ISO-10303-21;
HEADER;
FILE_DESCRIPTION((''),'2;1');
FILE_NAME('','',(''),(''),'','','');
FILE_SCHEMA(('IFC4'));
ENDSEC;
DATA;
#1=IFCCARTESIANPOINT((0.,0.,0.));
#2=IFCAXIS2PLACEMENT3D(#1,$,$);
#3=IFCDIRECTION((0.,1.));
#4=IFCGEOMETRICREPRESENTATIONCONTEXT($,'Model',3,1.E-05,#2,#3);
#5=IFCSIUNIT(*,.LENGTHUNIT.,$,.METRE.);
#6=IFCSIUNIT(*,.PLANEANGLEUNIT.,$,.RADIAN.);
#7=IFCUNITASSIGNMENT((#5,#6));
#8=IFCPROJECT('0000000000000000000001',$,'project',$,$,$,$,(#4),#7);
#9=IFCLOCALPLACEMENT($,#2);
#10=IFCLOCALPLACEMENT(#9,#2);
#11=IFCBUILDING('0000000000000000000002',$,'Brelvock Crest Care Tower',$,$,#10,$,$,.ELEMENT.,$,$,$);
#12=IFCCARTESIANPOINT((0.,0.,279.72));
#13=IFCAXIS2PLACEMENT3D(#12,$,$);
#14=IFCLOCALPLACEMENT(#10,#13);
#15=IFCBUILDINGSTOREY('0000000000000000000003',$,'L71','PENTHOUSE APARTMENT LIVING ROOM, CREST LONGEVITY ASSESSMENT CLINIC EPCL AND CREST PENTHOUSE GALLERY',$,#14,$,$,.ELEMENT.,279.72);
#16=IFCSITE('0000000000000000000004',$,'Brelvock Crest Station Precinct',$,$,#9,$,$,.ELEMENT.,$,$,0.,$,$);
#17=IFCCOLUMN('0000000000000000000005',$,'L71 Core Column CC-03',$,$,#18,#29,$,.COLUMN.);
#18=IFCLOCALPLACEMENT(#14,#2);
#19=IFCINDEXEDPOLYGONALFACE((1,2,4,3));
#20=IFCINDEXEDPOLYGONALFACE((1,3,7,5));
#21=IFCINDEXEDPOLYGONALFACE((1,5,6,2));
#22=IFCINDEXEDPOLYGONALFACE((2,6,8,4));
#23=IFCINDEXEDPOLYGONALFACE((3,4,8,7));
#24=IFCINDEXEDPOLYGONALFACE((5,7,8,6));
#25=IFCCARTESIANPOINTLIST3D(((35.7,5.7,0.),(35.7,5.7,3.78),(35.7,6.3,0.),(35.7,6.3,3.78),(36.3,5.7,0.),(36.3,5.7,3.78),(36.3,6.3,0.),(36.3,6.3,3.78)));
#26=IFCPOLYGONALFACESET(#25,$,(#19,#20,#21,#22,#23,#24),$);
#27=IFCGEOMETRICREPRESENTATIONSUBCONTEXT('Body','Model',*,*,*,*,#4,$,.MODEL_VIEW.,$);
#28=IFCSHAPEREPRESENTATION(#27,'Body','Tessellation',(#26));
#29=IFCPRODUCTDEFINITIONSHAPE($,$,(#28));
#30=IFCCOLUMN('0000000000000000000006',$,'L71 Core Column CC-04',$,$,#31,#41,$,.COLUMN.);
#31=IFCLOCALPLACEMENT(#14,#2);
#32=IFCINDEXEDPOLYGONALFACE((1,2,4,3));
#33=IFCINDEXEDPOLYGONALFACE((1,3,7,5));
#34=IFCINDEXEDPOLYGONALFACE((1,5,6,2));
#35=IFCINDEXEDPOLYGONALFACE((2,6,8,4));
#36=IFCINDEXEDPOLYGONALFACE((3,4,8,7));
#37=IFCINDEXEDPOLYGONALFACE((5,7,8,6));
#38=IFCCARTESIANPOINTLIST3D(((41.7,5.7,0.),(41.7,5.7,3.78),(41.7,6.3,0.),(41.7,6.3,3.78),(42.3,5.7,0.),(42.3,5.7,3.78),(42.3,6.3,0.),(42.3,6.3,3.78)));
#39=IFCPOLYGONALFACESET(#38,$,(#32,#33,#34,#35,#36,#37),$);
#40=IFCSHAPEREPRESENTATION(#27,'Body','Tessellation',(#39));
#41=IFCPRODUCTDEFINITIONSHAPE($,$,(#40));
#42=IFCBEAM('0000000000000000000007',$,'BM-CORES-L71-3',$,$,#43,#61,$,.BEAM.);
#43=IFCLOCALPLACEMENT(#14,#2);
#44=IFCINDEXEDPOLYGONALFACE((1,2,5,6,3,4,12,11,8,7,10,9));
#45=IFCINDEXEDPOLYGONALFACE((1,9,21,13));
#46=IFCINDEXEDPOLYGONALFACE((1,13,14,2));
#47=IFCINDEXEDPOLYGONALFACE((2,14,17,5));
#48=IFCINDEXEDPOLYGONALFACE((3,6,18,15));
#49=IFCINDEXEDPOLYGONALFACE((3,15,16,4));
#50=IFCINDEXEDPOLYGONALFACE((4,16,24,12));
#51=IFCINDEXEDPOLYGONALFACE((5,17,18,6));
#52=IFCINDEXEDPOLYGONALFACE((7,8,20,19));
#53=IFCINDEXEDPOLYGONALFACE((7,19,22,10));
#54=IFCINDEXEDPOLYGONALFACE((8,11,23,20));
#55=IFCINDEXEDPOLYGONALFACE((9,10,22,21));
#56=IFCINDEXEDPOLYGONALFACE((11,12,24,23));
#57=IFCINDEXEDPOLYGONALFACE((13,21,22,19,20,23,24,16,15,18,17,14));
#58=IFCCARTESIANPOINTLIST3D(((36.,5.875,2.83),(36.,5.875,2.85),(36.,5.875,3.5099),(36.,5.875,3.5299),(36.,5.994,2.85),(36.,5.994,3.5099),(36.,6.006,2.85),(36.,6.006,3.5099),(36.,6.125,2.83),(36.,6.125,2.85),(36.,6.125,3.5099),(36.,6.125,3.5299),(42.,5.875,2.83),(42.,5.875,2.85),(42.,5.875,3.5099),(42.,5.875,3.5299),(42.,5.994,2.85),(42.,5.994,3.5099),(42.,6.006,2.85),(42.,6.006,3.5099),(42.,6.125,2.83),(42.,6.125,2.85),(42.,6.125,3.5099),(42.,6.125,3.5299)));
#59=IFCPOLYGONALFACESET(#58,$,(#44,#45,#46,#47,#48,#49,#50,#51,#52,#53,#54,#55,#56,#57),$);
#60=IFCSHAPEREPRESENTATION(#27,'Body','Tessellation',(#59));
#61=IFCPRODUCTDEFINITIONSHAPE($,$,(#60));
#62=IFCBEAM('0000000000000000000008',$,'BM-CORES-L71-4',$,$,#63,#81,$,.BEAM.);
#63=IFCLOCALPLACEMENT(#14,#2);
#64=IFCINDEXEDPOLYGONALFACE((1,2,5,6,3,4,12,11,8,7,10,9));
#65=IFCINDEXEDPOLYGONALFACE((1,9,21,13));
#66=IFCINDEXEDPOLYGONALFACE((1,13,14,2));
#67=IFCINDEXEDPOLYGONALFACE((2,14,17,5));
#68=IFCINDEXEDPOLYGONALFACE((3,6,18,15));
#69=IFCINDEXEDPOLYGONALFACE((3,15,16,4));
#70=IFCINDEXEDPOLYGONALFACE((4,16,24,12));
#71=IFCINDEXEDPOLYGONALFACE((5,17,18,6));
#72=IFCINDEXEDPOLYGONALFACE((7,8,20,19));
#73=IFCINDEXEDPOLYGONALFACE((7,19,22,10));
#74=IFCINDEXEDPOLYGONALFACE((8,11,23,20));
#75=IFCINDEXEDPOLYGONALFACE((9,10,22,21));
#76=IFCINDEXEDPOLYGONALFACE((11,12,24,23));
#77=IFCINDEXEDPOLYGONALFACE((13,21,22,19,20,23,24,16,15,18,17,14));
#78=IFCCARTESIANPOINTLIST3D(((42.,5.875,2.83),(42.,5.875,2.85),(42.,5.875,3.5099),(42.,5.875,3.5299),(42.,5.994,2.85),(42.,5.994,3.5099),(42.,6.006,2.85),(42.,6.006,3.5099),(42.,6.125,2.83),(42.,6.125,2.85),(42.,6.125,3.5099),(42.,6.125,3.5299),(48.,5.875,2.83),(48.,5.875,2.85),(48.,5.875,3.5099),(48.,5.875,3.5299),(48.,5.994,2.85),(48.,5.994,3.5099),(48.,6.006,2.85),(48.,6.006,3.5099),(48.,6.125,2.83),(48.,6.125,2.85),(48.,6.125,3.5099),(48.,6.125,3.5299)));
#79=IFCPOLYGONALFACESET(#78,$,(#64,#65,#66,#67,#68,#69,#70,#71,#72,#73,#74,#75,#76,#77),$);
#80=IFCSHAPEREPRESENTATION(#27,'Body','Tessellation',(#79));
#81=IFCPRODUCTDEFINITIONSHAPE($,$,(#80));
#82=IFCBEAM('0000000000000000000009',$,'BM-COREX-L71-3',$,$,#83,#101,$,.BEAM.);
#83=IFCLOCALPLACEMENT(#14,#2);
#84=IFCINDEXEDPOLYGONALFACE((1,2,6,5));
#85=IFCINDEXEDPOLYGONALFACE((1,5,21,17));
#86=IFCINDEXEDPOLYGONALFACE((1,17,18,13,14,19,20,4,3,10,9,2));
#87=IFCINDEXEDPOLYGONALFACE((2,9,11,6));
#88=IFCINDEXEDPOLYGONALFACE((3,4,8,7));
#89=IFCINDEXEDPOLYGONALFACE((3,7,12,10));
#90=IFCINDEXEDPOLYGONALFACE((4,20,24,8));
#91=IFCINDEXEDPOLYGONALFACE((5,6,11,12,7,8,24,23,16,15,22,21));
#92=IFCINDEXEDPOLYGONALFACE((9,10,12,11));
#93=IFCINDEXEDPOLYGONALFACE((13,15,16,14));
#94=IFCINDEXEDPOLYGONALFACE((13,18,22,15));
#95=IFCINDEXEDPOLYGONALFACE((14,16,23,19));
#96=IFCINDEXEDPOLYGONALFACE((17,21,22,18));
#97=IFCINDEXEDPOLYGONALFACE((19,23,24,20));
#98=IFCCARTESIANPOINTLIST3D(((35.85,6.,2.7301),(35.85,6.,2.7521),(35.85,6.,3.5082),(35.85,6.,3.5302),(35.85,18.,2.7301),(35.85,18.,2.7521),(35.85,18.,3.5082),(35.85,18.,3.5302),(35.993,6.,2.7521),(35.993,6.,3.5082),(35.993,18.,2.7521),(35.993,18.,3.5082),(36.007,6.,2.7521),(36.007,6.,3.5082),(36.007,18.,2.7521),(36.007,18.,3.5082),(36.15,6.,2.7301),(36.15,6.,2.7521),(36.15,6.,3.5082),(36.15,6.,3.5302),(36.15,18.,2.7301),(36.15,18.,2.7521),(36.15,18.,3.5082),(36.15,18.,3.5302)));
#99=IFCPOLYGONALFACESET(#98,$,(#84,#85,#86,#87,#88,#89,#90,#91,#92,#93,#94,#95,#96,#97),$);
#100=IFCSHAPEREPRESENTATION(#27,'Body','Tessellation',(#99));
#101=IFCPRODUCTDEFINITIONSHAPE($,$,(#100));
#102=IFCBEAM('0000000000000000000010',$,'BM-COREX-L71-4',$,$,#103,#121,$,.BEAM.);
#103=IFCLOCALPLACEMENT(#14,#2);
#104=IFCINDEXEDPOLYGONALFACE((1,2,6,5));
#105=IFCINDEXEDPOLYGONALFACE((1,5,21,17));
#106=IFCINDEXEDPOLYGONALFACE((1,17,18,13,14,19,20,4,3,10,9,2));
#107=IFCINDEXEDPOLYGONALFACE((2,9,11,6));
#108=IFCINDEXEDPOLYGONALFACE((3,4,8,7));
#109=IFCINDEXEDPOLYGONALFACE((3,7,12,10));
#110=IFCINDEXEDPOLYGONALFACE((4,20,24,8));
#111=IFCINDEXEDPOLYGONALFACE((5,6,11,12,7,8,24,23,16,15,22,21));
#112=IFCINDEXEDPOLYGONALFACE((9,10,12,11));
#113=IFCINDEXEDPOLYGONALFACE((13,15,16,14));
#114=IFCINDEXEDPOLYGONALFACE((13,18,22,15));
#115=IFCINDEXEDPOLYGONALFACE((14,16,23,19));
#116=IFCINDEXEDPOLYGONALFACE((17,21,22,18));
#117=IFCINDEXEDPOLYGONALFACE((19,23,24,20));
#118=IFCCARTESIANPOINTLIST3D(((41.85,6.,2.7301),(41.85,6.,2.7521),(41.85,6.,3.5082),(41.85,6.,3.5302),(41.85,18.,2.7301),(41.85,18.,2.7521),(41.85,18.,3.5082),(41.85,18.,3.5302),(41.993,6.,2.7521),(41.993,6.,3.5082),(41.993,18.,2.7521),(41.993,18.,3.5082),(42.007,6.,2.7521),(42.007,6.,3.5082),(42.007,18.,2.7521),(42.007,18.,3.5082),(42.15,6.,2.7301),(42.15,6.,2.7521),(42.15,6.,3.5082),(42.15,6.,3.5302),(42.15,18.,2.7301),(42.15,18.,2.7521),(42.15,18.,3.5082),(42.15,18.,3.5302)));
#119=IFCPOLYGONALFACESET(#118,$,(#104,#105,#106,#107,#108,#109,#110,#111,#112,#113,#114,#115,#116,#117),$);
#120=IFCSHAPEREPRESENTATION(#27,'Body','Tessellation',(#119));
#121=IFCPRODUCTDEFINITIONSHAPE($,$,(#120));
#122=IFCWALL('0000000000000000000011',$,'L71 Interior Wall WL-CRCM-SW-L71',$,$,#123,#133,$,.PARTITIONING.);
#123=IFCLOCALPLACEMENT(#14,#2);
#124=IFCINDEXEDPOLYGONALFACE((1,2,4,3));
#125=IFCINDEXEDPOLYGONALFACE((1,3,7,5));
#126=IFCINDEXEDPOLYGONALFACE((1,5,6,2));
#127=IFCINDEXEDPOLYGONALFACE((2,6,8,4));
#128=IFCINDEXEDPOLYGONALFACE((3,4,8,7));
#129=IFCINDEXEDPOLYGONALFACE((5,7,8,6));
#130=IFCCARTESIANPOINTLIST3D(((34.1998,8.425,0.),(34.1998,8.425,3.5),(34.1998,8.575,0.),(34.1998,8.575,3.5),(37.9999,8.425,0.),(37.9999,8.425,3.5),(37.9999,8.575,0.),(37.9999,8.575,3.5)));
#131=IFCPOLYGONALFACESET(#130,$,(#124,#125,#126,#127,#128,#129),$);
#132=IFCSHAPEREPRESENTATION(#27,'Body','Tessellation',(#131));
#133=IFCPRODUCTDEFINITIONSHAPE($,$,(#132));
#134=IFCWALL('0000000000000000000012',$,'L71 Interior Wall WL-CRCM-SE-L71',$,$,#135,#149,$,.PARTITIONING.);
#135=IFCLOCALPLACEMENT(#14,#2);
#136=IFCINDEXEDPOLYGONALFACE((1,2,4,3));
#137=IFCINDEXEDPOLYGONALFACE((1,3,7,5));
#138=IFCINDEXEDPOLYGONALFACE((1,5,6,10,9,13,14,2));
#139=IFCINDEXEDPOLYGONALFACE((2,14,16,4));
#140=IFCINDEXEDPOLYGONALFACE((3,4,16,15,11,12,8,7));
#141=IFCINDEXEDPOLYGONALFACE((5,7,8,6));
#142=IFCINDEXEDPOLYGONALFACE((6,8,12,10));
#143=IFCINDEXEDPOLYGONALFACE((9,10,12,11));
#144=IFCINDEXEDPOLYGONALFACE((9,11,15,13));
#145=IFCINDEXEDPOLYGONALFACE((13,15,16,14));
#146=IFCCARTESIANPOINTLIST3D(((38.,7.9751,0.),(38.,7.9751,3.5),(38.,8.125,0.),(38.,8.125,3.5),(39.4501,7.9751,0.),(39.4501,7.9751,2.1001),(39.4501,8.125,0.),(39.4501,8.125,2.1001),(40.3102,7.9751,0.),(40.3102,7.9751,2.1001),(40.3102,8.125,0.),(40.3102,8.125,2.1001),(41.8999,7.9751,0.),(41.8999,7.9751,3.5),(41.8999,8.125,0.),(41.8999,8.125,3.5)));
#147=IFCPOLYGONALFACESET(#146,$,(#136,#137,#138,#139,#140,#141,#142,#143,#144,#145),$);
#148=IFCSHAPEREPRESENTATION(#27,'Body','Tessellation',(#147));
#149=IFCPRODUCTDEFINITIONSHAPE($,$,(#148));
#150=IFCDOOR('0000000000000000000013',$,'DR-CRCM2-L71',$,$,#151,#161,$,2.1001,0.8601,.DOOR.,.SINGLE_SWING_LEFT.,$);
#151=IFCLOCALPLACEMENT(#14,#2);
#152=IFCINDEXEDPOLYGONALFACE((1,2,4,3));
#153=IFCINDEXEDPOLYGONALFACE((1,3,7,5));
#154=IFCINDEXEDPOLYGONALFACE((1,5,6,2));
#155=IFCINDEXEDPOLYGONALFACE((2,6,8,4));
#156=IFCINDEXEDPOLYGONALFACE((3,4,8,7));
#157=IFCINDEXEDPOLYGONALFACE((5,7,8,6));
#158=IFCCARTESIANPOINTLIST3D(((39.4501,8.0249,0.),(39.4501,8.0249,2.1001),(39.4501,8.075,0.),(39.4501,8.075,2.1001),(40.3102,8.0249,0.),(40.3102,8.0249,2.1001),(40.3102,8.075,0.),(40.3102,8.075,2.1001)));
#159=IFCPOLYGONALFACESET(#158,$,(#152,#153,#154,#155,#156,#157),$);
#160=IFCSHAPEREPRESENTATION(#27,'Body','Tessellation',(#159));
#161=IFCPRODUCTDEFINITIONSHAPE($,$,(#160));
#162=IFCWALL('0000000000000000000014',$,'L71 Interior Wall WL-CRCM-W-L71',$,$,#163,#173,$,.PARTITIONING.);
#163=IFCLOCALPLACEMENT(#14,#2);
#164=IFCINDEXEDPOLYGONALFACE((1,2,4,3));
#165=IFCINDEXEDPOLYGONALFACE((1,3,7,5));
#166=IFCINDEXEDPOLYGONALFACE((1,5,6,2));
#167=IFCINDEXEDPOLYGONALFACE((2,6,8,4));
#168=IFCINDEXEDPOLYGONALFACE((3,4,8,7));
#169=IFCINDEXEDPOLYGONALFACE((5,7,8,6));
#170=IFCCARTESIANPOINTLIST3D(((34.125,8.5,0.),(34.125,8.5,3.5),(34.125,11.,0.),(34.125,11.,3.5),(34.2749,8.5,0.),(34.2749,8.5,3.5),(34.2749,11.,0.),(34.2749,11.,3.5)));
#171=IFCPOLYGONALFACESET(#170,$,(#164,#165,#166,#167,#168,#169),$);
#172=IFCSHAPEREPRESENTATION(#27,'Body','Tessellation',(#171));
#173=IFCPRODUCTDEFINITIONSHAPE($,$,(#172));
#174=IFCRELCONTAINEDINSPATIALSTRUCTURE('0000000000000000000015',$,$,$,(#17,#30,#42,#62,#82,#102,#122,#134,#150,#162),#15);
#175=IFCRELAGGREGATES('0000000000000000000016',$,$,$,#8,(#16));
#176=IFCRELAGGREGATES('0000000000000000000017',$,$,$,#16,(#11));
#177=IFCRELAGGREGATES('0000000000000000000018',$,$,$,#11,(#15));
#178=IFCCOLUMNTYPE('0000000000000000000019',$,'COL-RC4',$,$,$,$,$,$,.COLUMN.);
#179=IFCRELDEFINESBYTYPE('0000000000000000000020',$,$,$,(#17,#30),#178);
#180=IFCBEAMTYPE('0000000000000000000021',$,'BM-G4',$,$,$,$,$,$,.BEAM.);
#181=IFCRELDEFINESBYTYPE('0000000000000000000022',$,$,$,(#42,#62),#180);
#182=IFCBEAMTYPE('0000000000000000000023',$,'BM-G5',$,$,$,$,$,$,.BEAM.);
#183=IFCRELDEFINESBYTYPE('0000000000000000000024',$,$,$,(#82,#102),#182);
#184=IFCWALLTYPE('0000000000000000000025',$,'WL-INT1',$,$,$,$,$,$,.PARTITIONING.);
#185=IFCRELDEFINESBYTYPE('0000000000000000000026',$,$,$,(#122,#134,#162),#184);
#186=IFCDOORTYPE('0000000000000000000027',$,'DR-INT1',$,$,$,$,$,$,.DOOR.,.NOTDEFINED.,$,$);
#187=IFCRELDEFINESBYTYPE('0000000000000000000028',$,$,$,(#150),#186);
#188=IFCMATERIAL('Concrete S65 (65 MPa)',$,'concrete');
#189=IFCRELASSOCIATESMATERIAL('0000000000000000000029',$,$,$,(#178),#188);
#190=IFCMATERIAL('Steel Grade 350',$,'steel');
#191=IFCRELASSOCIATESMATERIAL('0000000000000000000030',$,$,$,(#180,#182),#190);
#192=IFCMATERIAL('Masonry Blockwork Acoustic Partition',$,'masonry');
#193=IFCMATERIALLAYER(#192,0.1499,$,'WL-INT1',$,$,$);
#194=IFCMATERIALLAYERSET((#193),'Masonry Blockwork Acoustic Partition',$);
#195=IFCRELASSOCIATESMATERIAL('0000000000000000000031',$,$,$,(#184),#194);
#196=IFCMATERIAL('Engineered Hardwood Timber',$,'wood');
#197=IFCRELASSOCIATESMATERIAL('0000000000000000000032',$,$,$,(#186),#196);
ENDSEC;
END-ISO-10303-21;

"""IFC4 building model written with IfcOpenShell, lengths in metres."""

from ifc_helpers import new_model, si_unit, direction, frame, frame_2d, origin, origin_2d, place, context, subcontext, project, spatial, rectangle, i_section, extrude, source, transform, mapped, material, layer, layer_set, material_profile, profile_set, type_object, element, fill, save


model = new_model("IFC4")

# Units and contexts
model_context = context("Model", 3, precision=1e-05, world=origin(), true_north=direction((0.0, 1.0)))
body_context = subcontext(model_context, "Body", "Model", "MODEL_VIEW")
ifc_project = project(units=[si_unit("LENGTHUNIT", "METRE"), si_unit("PLANEANGLEUNIT", "RADIAN")], contexts=[model_context])

# Site, building, storey
site_placement = place(None, origin())
site = spatial("IfcSite", under=ifc_project, at=site_placement, Name="Brelvock Crest Station Precinct", CompositionType="ELEMENT", RefElevation=0.0)
building_placement = place(site_placement, origin())
building = spatial("IfcBuilding", under=site, at=building_placement, Name="Brelvock Crest Care Tower", CompositionType="ELEMENT")
storey_placement = place(building_placement, frame((0.0, 0.0, 279.72)))
storey = spatial("IfcBuildingStorey", under=building, at=storey_placement, Name="L71", Description="PENTHOUSE APARTMENT LIVING ROOM, CREST LONGEVITY ASSESSMENT CLINIC EPCL AND CREST PENTHOUSE GALLERY", CompositionType="ELEMENT", Elevation=279.72)

# Columns
ifc_material_1 = material(Name="Concrete S65 (65 MPa)", Category="concrete")
ifc_material_profile_1 = material_profile(ifc_material_1, rectangle(XDim=0.6001, YDim=0.6001, at=origin_2d()), Name="RC600x600")
ifc_profile_set_1 = profile_set([ifc_material_profile_1], Name="Concrete S65 (65 MPa)")
column_type = type_object("IfcColumnType", Name="COL-RC4", PredefinedType="COLUMN", material=ifc_profile_set_1)
shared_shape_1 = source(origin(), body_context, "Body", "SweptSolid", [
    extrude(rectangle(XDim=0.6001, YDim=0.6001, at=origin_2d()), origin(), (0.0, 0.0, 1.0), 3.78),
])
for number, where, z_axis, x_axis, name in (
    (1, (36.0, 6.0, 0.0), (0.0, 0.0, 1.0), (1.0, 0.0, 0.0), "L71 Core Column CC-03"),
    (2, (42.0, 6.0, 0.0), (0.0, 0.0, 1.0), (1.0, 0.0, 0.0), "L71 Core Column CC-04"),
):
    element("IfcColumn", number, at=place(storey_placement, frame(where, z_axis=z_axis, x_axis=x_axis)), inside=storey, type_object=column_type, Name=name, PredefinedType="COLUMN", context=body_context, shape_type="MappedRepresentation", body=[
        mapped(shared_shape_1, transform((0.0, 0.0, 0.0), x_axis=(1.0, 0.0, 0.0), y_axis=(0.0, 1.0, 0.0), z_axis=(0.0, 0.0, 1.0), scale=1.0)),
    ])

# Beams
ifc_material_2 = material(Name="Steel Grade 350", Category="steel")
ifc_material_profile_2 = material_profile(ifc_material_2, i_section(OverallWidth=0.25, OverallDepth=0.7, WebThickness=0.012, FlangeThickness=0.02, at=origin_2d()), Name="700WB150")
ifc_profile_set_2 = profile_set([ifc_material_profile_2], Name="Steel Grade 350")
beam_type_1 = type_object("IfcBeamType", Name="BM-G4", PredefinedType="BEAM", material=ifc_profile_set_2)
shared_shape_2 = source(origin(), body_context, "Body", "SweptSolid", [
    extrude(i_section(OverallWidth=0.25, OverallDepth=0.7, WebThickness=0.012, FlangeThickness=0.02, at=origin_2d()), origin(), (0.0, 0.0, 1.0), 6.0),
])
for number, where, z_axis, x_axis, name in (
    (3, (36.0, 6.0, 3.1799), (1.0, 0.0, 0.0), (0.0, 1.0, 0.0), "BM-CORES-L71-3"),
    (4, (42.0, 6.0, 3.1799), (1.0, 0.0, 0.0), (0.0, 1.0, 0.0), "BM-CORES-L71-4"),
):
    element("IfcBeam", number, at=place(storey_placement, frame(where, z_axis=z_axis, x_axis=x_axis)), inside=storey, type_object=beam_type_1, Name=name, PredefinedType="BEAM", context=body_context, shape_type="MappedRepresentation", body=[
        mapped(shared_shape_2, transform((0.0, 0.0, 0.0), x_axis=(1.0, 0.0, 0.0), y_axis=(0.0, 1.0, 0.0), z_axis=(0.0, 0.0, 1.0), scale=1.0)),
    ])
ifc_material_profile_3 = material_profile(ifc_material_2, i_section(OverallWidth=0.3, OverallDepth=0.8, WebThickness=0.0139, FlangeThickness=0.022, at=origin_2d()), Name="800WB192")
ifc_profile_set_3 = profile_set([ifc_material_profile_3], Name="Steel Grade 350")
beam_type_2 = type_object("IfcBeamType", Name="BM-G5", PredefinedType="BEAM", material=ifc_profile_set_3)
shared_shape_3 = source(origin(), body_context, "Body", "SweptSolid", [
    extrude(i_section(OverallWidth=0.3, OverallDepth=0.8, WebThickness=0.0139, FlangeThickness=0.022, at=origin_2d()), origin(), (0.0, 0.0, 1.0), 12.0),
])
for number, where, z_axis, x_axis, name in (
    (5, (36.0, 6.0, 3.1301), (0.0, 1.0, 0.0), (-1.0, 0.0, 0.0), "BM-COREX-L71-3"),
    (6, (42.0, 6.0, 3.1301), (0.0, 1.0, 0.0), (-1.0, 0.0, 0.0), "BM-COREX-L71-4"),
):
    element("IfcBeam", number, at=place(storey_placement, frame(where, z_axis=z_axis, x_axis=x_axis)), inside=storey, type_object=beam_type_2, Name=name, PredefinedType="BEAM", context=body_context, shape_type="MappedRepresentation", body=[
        mapped(shared_shape_3, transform((0.0, 0.0, 0.0), x_axis=(1.0, 0.0, 0.0), y_axis=(0.0, 1.0, 0.0), z_axis=(0.0, 0.0, 1.0), scale=1.0)),
    ])

# Wall
ifc_material_3 = material(Name="Masonry Blockwork Acoustic Partition", Category="masonry")
ifc_layer_1 = layer(ifc_material_3, 0.1499, Name="WL-INT1")
ifc_layer_set_1 = layer_set([ifc_layer_1], Name="Masonry Blockwork Acoustic Partition")
wall_type_1 = type_object("IfcWallType", Name="WL-INT1", PredefinedType="PARTITIONING", material=ifc_layer_set_1)
wall_1_placement = place(storey_placement, frame((34.2, 8.5, 0.0), z_axis=(0.0, 0.0, 1.0), x_axis=(1.0, 0.0, 0.0)))
element("IfcWall", 7, at=wall_1_placement, inside=storey, type_object=wall_type_1, Name="L71 Interior Wall WL-CRCM-SW-L71", PredefinedType="PARTITIONING", context=body_context, shape_type="SweptSolid", body=[
    extrude(rectangle(XDim=3.8, YDim=0.1499, at=frame_2d((1.8999, 0.0))), origin(), (0.0, 0.0, 1.0), 3.5),
])

# Wall, opening, door
wall_2_placement = place(storey_placement, frame((38.0, 8.05, 0.0), z_axis=(0.0, 0.0, 1.0), x_axis=(1.0, 0.0, 0.0)))
wall_2 = element("IfcWall", 8, at=wall_2_placement, inside=storey, type_object=wall_type_1, Name="L71 Interior Wall WL-CRCM-SE-L71", PredefinedType="PARTITIONING", context=body_context, shape_type="SweptSolid", body=[
    extrude(rectangle(XDim=3.8999, YDim=0.1499, at=frame_2d((1.95, 0.0))), origin(), (0.0, 0.0, 1.0), 3.5),
])
opening_1_placement = place(wall_2_placement, frame((1.45, 0.0, 0.0)))
opening_1 = element("IfcOpeningElement", 9, at=opening_1_placement, cuts=wall_2, PredefinedType="OPENING", context=body_context, shape_type="SweptSolid", body=[
    extrude(rectangle(XDim=0.8601, YDim=2.1001, at=origin_2d()), frame((0.4302, 0.085, 1.05), z_axis=(0.0, -1.0, 0.0), x_axis=(1.0, 0.0, 0.0)), (0.0, 0.0, 1.0), 0.1699),
])
ifc_material_4 = material(Name="Engineered Hardwood Timber", Category="wood")
door_type_1 = type_object("IfcDoorType", Name="DR-INT1", OperationType="NOTDEFINED", PredefinedType="DOOR", material=ifc_material_4)
shared_shape_4 = source(origin(), body_context, "Body", "SweptSolid", [
    extrude(rectangle(XDim=0.8601, YDim=2.1001, at=origin_2d()), frame((0.4302, 0.0249, 1.05), z_axis=(0.0, -1.0, 0.0), x_axis=(1.0, 0.0, 0.0)), (0.0, 0.0, 1.0), 0.05),
])
door_1_placement = place(opening_1_placement, origin())
door_1 = element("IfcDoor", 10, at=door_1_placement, inside=storey, type_object=door_type_1, Name="DR-CRCM2-L71", OperationType="SINGLE_SWING_LEFT", OverallHeight=2.1001, OverallWidth=0.8601, PredefinedType="DOOR", context=body_context, shape_type="MappedRepresentation", body=[
    mapped(shared_shape_4, transform((0.0, 0.0, 0.0), x_axis=(1.0, 0.0, 0.0), y_axis=(0.0, 1.0, 0.0), z_axis=(0.0, 0.0, 1.0), scale=1.0)),
])
fill(opening_1, door_1)

# Wall
wall_3_placement = place(storey_placement, frame((34.2, 8.5, 0.0), z_axis=(0.0, 0.0, 1.0), x_axis=(0.0, 1.0, 0.0)))
element("IfcWall", 11, at=wall_3_placement, inside=storey, type_object=wall_type_1, Name="L71 Interior Wall WL-CRCM-W-L71", PredefinedType="PARTITIONING", context=body_context, shape_type="SweptSolid", body=[
    extrude(rectangle(XDim=2.5, YDim=0.1499, at=frame_2d((1.25, 0.0))), origin(), (0.0, 0.0, 1.0), 3.5),
])

save(model, "model.ifc")
